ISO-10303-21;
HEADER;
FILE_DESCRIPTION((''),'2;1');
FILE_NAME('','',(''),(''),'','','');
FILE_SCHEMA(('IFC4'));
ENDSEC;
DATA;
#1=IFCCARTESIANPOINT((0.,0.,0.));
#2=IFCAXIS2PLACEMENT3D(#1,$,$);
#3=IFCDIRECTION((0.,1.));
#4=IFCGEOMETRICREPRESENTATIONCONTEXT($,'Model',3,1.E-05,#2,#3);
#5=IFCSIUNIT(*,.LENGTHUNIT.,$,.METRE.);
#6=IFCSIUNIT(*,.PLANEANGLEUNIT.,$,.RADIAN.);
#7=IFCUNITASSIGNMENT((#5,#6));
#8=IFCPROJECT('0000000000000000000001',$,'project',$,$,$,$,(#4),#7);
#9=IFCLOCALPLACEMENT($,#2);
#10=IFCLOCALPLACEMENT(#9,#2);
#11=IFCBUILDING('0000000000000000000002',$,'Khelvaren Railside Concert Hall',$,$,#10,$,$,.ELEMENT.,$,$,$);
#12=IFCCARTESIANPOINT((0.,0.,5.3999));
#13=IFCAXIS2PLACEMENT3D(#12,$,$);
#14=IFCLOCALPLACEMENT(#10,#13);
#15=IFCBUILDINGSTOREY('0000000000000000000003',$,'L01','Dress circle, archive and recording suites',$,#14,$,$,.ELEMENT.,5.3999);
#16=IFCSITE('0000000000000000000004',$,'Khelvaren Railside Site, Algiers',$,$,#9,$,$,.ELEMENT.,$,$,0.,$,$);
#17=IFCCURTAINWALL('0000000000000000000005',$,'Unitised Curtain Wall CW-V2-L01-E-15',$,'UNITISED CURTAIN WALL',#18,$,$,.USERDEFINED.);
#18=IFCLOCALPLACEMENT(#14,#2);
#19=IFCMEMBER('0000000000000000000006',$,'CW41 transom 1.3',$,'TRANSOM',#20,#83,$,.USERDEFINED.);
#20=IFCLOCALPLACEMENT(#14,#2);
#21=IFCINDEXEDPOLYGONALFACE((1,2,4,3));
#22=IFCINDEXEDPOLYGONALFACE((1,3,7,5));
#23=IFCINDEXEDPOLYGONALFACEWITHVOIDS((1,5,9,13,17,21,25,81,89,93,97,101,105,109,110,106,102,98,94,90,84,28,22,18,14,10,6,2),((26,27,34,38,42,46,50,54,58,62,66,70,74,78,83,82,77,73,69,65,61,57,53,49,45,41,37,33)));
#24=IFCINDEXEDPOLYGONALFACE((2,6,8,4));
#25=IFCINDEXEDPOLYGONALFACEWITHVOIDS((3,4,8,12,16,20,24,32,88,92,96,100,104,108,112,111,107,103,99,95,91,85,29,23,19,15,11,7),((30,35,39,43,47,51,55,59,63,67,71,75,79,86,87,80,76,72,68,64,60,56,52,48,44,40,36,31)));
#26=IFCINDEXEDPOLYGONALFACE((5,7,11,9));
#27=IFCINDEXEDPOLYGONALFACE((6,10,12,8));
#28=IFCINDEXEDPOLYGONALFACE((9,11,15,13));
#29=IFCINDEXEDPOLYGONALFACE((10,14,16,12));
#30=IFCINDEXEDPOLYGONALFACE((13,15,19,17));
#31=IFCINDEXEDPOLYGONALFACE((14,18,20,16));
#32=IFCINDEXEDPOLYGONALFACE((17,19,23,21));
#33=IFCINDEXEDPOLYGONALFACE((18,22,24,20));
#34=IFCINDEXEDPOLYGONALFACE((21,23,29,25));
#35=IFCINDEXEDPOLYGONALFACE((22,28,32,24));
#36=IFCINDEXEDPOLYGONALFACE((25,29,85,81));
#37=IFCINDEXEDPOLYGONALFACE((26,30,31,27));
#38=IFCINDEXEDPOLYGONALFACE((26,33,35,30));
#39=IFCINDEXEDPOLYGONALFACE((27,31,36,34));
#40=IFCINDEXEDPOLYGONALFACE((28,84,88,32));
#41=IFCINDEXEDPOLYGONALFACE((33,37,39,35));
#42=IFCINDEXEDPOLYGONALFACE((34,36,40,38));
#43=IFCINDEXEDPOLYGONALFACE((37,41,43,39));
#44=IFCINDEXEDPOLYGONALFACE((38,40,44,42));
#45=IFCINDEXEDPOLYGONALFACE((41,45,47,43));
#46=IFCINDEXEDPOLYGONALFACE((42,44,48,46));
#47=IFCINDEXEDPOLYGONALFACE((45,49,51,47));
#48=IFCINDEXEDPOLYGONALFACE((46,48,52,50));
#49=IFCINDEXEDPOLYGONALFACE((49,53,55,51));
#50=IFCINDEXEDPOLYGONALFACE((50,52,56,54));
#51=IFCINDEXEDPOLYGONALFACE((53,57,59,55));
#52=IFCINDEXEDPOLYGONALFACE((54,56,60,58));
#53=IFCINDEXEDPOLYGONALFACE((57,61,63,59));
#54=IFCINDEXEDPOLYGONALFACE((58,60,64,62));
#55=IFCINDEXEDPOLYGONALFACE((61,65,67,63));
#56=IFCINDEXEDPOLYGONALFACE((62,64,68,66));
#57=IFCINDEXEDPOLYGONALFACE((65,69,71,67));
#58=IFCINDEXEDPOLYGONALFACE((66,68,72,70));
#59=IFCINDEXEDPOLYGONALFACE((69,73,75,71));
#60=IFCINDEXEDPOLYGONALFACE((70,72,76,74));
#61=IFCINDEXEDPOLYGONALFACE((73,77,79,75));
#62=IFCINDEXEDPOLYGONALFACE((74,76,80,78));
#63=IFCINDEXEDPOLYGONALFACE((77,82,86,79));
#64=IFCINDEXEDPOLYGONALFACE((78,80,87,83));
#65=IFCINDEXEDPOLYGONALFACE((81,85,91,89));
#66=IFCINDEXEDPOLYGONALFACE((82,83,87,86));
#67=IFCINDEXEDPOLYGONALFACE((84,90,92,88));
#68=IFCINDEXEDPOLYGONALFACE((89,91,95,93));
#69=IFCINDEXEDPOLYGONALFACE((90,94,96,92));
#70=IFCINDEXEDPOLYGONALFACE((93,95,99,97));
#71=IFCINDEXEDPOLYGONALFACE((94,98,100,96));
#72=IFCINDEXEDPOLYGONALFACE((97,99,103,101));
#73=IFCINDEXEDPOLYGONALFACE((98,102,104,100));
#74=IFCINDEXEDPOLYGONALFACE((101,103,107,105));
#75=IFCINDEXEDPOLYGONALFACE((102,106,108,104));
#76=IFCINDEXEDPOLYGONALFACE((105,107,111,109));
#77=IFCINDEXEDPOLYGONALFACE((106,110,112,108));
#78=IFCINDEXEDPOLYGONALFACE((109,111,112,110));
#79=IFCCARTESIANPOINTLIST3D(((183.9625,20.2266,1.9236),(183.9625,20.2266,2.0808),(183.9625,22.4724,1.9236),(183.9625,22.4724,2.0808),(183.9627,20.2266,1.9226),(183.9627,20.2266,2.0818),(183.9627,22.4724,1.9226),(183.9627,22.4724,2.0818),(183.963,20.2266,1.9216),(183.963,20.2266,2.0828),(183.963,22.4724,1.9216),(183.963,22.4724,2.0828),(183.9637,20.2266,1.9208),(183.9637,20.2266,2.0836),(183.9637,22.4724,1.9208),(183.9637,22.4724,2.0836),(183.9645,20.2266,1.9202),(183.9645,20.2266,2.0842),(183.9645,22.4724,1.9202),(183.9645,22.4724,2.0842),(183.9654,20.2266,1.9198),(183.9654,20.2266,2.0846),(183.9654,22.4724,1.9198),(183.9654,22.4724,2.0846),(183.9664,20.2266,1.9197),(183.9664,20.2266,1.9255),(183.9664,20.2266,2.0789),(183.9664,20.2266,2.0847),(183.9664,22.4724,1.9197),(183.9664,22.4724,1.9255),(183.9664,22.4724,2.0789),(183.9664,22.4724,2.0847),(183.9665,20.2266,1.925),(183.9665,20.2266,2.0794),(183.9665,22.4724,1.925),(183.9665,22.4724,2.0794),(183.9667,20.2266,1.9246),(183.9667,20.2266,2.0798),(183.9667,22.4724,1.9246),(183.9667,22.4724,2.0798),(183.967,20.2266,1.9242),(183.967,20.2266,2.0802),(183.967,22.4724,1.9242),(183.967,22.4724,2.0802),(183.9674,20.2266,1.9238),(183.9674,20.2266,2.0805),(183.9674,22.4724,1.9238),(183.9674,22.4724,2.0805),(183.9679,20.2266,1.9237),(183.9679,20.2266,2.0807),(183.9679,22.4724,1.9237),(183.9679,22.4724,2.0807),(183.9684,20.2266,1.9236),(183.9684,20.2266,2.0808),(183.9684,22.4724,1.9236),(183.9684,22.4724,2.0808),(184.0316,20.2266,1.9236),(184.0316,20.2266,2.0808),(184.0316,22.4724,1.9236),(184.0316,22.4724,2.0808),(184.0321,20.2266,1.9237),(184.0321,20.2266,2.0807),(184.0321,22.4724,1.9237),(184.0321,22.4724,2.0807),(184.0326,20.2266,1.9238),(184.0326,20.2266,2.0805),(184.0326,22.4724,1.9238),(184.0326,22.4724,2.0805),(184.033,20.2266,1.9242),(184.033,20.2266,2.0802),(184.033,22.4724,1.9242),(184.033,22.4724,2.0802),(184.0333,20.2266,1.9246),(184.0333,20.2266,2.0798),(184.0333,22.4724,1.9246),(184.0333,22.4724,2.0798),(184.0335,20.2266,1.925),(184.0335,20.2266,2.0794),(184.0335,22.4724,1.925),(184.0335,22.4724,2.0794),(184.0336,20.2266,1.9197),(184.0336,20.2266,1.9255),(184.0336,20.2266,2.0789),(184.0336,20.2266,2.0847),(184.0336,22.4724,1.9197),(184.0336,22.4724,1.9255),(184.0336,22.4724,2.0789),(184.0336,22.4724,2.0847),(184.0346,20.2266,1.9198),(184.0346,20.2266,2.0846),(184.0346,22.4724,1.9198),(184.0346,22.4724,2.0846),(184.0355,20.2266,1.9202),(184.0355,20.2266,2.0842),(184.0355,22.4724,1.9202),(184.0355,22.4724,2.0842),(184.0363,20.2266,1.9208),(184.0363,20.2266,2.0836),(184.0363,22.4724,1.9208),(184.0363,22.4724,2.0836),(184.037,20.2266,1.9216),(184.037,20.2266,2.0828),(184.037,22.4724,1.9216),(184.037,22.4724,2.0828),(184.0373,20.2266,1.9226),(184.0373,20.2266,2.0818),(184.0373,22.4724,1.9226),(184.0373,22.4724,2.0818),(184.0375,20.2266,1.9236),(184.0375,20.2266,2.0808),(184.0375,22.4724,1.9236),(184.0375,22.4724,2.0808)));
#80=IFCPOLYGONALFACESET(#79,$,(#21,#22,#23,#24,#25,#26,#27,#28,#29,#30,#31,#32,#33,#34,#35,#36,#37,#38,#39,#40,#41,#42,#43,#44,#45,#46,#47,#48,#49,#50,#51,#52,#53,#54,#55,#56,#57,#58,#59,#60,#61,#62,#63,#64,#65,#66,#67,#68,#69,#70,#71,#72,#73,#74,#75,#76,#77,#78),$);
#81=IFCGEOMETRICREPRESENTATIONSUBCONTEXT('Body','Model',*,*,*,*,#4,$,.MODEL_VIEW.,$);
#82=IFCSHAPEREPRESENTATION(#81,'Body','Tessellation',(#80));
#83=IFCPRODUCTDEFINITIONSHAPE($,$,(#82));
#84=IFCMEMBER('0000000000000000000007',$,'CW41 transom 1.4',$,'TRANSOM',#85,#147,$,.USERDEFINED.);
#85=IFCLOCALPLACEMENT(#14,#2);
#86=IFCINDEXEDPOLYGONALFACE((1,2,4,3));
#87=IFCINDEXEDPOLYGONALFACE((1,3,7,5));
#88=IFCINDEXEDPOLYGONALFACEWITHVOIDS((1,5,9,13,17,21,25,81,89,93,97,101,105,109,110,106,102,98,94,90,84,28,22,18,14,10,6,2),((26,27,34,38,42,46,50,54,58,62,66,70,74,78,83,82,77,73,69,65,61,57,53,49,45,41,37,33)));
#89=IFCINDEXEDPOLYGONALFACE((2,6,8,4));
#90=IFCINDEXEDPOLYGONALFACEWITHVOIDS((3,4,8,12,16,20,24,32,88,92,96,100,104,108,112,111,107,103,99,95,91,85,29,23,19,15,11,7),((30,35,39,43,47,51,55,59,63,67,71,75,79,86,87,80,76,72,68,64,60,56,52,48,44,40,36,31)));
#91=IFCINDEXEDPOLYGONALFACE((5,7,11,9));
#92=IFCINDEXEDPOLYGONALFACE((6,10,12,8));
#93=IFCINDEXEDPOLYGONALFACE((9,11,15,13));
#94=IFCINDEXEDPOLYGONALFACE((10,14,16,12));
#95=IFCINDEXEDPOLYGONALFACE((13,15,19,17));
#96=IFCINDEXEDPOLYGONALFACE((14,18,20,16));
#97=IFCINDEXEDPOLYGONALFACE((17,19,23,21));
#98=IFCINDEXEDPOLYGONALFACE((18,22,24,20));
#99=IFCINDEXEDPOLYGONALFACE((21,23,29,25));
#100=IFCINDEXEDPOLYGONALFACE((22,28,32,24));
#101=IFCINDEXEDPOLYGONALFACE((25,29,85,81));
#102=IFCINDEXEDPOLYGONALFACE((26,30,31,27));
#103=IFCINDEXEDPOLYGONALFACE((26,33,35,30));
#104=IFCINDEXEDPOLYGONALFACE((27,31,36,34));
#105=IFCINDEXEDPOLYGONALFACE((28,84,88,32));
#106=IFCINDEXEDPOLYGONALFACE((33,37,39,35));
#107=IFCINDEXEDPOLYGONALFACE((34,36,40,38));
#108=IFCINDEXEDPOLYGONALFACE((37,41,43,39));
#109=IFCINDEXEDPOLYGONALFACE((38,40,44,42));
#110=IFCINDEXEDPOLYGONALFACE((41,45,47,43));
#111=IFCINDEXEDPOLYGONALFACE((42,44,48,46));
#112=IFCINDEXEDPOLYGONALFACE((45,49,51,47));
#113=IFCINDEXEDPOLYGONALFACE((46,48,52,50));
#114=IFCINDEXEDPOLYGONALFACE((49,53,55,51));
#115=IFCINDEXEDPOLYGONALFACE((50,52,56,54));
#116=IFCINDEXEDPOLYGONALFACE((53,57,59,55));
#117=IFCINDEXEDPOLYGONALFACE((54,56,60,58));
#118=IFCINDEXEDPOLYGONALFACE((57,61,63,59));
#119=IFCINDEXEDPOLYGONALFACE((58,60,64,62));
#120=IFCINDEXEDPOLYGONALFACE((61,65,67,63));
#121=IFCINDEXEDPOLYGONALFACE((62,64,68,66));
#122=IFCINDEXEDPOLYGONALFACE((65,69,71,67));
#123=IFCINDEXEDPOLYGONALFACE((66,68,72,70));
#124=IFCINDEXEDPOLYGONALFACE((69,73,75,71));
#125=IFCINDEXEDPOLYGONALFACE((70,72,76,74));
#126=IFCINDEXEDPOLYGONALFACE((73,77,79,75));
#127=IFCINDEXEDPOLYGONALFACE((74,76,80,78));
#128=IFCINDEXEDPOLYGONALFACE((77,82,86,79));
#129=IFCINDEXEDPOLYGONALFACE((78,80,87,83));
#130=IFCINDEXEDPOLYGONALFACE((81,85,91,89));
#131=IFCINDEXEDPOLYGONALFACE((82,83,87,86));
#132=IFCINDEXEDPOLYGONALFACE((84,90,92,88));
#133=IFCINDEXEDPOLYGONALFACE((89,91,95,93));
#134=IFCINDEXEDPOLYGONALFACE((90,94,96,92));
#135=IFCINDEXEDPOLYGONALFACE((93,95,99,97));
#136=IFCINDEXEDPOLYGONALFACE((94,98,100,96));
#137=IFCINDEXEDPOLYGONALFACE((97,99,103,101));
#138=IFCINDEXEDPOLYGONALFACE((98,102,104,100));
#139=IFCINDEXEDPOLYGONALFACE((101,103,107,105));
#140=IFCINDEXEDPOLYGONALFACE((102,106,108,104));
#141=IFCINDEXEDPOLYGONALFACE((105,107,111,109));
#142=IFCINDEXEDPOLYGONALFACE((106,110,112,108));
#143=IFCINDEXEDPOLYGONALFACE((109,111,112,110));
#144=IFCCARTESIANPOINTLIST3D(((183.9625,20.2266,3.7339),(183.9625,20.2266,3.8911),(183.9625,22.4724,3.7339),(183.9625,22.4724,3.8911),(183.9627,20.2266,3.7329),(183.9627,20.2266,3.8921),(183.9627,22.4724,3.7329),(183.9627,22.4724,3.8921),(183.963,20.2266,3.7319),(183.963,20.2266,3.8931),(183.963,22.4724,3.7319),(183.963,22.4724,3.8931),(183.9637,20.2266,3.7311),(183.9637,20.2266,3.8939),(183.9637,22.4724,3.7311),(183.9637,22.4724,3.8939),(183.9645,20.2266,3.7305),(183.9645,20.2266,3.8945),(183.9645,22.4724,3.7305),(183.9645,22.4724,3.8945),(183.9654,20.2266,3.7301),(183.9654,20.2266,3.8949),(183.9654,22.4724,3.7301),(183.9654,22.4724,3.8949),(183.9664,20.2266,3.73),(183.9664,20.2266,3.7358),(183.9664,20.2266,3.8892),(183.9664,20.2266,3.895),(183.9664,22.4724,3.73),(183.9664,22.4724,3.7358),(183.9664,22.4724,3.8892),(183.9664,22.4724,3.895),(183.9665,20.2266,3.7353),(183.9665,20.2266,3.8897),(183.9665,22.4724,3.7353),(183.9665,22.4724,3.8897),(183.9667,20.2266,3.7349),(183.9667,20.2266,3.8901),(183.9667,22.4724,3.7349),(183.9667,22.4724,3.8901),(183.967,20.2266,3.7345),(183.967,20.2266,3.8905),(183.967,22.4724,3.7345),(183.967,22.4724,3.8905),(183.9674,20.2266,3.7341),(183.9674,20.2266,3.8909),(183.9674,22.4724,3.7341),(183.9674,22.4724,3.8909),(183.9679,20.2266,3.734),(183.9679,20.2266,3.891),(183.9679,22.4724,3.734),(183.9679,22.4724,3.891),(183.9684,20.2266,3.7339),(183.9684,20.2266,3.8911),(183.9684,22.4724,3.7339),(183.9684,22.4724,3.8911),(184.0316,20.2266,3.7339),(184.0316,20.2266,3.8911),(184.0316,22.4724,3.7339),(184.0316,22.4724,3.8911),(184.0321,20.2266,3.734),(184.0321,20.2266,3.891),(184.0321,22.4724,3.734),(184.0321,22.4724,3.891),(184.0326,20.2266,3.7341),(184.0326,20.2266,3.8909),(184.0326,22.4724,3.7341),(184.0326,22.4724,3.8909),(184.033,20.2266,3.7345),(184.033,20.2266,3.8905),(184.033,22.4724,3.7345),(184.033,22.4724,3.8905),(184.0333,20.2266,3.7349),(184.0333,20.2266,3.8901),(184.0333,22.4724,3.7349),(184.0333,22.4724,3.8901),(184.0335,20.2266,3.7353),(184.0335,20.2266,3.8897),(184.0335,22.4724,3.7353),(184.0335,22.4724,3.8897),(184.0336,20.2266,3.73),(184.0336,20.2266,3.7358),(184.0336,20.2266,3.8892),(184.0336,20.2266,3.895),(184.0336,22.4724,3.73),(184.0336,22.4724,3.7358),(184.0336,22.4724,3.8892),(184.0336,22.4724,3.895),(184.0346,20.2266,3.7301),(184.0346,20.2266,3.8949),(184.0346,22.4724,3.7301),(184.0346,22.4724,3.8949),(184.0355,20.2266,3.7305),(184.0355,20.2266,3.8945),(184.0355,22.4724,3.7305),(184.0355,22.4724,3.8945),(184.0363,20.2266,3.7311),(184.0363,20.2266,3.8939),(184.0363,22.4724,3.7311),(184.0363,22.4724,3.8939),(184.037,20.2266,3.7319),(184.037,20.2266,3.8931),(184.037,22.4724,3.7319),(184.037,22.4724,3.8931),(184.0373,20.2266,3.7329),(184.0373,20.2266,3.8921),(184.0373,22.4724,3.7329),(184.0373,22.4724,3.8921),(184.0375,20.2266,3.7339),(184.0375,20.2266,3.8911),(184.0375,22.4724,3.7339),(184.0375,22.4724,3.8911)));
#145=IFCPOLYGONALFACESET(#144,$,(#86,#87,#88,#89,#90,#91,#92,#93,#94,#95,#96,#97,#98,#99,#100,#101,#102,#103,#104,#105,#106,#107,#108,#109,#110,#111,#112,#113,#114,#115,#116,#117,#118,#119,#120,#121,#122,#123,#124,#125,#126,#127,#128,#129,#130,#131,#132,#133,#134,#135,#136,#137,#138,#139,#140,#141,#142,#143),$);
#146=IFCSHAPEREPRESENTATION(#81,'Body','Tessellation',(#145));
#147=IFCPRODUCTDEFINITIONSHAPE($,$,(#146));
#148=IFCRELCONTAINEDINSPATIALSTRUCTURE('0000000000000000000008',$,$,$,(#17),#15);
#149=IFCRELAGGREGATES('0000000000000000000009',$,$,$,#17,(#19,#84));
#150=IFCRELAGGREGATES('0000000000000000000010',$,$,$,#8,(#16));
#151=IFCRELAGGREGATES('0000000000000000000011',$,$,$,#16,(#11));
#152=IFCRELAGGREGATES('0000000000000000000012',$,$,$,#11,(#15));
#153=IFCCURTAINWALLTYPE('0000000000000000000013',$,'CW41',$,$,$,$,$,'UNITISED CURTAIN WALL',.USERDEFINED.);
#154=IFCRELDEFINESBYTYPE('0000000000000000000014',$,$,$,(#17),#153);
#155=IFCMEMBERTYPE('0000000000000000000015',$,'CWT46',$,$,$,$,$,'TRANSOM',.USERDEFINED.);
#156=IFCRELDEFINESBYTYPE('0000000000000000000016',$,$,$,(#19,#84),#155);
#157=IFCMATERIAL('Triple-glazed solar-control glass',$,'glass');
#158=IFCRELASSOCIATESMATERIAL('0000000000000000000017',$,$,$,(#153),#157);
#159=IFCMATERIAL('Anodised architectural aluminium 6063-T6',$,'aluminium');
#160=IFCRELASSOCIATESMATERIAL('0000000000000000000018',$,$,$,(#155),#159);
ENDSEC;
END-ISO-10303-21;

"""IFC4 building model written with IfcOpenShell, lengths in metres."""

from ifc_helpers import new_model, si_unit, direction, frame, origin, origin_2d, place, context, subcontext, project, spatial, hollow_rectangle, extrude, material, material_profile, profile_set, type_object, element, aggregate, save


model = new_model("IFC4")

# Units and contexts
model_context = context("Model", 3, precision=1e-05, world=origin(), true_north=direction((0.0, 1.0)))
body_context = subcontext(model_context, "Body", "Model", "MODEL_VIEW")
ifc_project = project(units=[si_unit("LENGTHUNIT", "METRE"), si_unit("PLANEANGLEUNIT", "RADIAN")], contexts=[model_context])

# Site, building, storey
site_placement = place(None, origin())
site = spatial("IfcSite", under=ifc_project, at=site_placement, Name="Khelvaren Railside Site, Algiers", CompositionType="ELEMENT", RefElevation=0.0)
building_placement = place(site_placement, origin())
building = spatial("IfcBuilding", under=site, at=building_placement, Name="Khelvaren Railside Concert Hall", CompositionType="ELEMENT")
storey_placement = place(building_placement, frame((0.0, 0.0, 5.3999)))
storey = spatial("IfcBuildingStorey", under=building, at=storey_placement, Name="L01", Description="Dress circle, archive and recording suites", CompositionType="ELEMENT", Elevation=5.3999)

# Curtain wall, members
ifc_material_1 = material(Name="Triple-glazed solar-control glass", Category="glass")
curtain_wall_type = type_object("IfcCurtainWallType", Name="CW41", ElementType="UNITISED CURTAIN WALL", PredefinedType="USERDEFINED", material=ifc_material_1)
curtain_wall_placement = place(storey_placement, origin())
curtain_wall = element("IfcCurtainWall", 1, at=curtain_wall_placement, inside=storey, type_object=curtain_wall_type, Name="Unitised Curtain Wall CW-V2-L01-E-15", ObjectType="UNITISED CURTAIN WALL", PredefinedType="USERDEFINED")
ifc_material_2 = material(Name="Anodised architectural aluminium 6063-T6", Category="aluminium")
ifc_material_profile_1 = material_profile(ifc_material_2, hollow_rectangle(XDim=0.075, YDim=0.165, WallThickness=0.0039, InnerFilletRadius=0.002, OuterFilletRadius=0.0039, at=origin_2d()), Name="CWT 75x165x4")
ifc_profile_set_1 = profile_set([ifc_material_profile_1], Name="Anodised architectural aluminium 6063-T6")
member_type_1 = type_object("IfcMemberType", Name="CWT46", ElementType="TRANSOM", PredefinedType="USERDEFINED", material=ifc_profile_set_1)
member_1_placement = place(storey_placement, frame((184.0, 22.4724, 2.0022), z_axis=(0.0, -1.0, 0.0), x_axis=(1.0, 0.0, 0.0)))
member_1 = element("IfcMember", 2, at=member_1_placement, type_object=member_type_1, Name="CW41 transom 1.3", ObjectType="TRANSOM", PredefinedType="USERDEFINED", context=body_context, shape_type="SweptSolid", body=[
    extrude(hollow_rectangle(XDim=0.075, YDim=0.165, WallThickness=0.0039, InnerFilletRadius=0.002, OuterFilletRadius=0.0039, at=origin_2d()), origin(), (0.0, 0.0, 1.0), 2.2458),
])
member_2_placement = place(storey_placement, frame((184.0, 22.4724, 3.8125), z_axis=(0.0, -1.0, 0.0), x_axis=(1.0, 0.0, 0.0)))
member_2 = element("IfcMember", 3, at=member_2_placement, type_object=member_type_1, Name="CW41 transom 1.4", ObjectType="TRANSOM", PredefinedType="USERDEFINED", context=body_context, shape_type="SweptSolid", body=[
    extrude(hollow_rectangle(XDim=0.075, YDim=0.165, WallThickness=0.0039, InnerFilletRadius=0.002, OuterFilletRadius=0.0039, at=origin_2d()), origin(), (0.0, 0.0, 1.0), 2.2458),
])

aggregate(curtain_wall, [member_1, member_2])

save(model, "model.ifc")
